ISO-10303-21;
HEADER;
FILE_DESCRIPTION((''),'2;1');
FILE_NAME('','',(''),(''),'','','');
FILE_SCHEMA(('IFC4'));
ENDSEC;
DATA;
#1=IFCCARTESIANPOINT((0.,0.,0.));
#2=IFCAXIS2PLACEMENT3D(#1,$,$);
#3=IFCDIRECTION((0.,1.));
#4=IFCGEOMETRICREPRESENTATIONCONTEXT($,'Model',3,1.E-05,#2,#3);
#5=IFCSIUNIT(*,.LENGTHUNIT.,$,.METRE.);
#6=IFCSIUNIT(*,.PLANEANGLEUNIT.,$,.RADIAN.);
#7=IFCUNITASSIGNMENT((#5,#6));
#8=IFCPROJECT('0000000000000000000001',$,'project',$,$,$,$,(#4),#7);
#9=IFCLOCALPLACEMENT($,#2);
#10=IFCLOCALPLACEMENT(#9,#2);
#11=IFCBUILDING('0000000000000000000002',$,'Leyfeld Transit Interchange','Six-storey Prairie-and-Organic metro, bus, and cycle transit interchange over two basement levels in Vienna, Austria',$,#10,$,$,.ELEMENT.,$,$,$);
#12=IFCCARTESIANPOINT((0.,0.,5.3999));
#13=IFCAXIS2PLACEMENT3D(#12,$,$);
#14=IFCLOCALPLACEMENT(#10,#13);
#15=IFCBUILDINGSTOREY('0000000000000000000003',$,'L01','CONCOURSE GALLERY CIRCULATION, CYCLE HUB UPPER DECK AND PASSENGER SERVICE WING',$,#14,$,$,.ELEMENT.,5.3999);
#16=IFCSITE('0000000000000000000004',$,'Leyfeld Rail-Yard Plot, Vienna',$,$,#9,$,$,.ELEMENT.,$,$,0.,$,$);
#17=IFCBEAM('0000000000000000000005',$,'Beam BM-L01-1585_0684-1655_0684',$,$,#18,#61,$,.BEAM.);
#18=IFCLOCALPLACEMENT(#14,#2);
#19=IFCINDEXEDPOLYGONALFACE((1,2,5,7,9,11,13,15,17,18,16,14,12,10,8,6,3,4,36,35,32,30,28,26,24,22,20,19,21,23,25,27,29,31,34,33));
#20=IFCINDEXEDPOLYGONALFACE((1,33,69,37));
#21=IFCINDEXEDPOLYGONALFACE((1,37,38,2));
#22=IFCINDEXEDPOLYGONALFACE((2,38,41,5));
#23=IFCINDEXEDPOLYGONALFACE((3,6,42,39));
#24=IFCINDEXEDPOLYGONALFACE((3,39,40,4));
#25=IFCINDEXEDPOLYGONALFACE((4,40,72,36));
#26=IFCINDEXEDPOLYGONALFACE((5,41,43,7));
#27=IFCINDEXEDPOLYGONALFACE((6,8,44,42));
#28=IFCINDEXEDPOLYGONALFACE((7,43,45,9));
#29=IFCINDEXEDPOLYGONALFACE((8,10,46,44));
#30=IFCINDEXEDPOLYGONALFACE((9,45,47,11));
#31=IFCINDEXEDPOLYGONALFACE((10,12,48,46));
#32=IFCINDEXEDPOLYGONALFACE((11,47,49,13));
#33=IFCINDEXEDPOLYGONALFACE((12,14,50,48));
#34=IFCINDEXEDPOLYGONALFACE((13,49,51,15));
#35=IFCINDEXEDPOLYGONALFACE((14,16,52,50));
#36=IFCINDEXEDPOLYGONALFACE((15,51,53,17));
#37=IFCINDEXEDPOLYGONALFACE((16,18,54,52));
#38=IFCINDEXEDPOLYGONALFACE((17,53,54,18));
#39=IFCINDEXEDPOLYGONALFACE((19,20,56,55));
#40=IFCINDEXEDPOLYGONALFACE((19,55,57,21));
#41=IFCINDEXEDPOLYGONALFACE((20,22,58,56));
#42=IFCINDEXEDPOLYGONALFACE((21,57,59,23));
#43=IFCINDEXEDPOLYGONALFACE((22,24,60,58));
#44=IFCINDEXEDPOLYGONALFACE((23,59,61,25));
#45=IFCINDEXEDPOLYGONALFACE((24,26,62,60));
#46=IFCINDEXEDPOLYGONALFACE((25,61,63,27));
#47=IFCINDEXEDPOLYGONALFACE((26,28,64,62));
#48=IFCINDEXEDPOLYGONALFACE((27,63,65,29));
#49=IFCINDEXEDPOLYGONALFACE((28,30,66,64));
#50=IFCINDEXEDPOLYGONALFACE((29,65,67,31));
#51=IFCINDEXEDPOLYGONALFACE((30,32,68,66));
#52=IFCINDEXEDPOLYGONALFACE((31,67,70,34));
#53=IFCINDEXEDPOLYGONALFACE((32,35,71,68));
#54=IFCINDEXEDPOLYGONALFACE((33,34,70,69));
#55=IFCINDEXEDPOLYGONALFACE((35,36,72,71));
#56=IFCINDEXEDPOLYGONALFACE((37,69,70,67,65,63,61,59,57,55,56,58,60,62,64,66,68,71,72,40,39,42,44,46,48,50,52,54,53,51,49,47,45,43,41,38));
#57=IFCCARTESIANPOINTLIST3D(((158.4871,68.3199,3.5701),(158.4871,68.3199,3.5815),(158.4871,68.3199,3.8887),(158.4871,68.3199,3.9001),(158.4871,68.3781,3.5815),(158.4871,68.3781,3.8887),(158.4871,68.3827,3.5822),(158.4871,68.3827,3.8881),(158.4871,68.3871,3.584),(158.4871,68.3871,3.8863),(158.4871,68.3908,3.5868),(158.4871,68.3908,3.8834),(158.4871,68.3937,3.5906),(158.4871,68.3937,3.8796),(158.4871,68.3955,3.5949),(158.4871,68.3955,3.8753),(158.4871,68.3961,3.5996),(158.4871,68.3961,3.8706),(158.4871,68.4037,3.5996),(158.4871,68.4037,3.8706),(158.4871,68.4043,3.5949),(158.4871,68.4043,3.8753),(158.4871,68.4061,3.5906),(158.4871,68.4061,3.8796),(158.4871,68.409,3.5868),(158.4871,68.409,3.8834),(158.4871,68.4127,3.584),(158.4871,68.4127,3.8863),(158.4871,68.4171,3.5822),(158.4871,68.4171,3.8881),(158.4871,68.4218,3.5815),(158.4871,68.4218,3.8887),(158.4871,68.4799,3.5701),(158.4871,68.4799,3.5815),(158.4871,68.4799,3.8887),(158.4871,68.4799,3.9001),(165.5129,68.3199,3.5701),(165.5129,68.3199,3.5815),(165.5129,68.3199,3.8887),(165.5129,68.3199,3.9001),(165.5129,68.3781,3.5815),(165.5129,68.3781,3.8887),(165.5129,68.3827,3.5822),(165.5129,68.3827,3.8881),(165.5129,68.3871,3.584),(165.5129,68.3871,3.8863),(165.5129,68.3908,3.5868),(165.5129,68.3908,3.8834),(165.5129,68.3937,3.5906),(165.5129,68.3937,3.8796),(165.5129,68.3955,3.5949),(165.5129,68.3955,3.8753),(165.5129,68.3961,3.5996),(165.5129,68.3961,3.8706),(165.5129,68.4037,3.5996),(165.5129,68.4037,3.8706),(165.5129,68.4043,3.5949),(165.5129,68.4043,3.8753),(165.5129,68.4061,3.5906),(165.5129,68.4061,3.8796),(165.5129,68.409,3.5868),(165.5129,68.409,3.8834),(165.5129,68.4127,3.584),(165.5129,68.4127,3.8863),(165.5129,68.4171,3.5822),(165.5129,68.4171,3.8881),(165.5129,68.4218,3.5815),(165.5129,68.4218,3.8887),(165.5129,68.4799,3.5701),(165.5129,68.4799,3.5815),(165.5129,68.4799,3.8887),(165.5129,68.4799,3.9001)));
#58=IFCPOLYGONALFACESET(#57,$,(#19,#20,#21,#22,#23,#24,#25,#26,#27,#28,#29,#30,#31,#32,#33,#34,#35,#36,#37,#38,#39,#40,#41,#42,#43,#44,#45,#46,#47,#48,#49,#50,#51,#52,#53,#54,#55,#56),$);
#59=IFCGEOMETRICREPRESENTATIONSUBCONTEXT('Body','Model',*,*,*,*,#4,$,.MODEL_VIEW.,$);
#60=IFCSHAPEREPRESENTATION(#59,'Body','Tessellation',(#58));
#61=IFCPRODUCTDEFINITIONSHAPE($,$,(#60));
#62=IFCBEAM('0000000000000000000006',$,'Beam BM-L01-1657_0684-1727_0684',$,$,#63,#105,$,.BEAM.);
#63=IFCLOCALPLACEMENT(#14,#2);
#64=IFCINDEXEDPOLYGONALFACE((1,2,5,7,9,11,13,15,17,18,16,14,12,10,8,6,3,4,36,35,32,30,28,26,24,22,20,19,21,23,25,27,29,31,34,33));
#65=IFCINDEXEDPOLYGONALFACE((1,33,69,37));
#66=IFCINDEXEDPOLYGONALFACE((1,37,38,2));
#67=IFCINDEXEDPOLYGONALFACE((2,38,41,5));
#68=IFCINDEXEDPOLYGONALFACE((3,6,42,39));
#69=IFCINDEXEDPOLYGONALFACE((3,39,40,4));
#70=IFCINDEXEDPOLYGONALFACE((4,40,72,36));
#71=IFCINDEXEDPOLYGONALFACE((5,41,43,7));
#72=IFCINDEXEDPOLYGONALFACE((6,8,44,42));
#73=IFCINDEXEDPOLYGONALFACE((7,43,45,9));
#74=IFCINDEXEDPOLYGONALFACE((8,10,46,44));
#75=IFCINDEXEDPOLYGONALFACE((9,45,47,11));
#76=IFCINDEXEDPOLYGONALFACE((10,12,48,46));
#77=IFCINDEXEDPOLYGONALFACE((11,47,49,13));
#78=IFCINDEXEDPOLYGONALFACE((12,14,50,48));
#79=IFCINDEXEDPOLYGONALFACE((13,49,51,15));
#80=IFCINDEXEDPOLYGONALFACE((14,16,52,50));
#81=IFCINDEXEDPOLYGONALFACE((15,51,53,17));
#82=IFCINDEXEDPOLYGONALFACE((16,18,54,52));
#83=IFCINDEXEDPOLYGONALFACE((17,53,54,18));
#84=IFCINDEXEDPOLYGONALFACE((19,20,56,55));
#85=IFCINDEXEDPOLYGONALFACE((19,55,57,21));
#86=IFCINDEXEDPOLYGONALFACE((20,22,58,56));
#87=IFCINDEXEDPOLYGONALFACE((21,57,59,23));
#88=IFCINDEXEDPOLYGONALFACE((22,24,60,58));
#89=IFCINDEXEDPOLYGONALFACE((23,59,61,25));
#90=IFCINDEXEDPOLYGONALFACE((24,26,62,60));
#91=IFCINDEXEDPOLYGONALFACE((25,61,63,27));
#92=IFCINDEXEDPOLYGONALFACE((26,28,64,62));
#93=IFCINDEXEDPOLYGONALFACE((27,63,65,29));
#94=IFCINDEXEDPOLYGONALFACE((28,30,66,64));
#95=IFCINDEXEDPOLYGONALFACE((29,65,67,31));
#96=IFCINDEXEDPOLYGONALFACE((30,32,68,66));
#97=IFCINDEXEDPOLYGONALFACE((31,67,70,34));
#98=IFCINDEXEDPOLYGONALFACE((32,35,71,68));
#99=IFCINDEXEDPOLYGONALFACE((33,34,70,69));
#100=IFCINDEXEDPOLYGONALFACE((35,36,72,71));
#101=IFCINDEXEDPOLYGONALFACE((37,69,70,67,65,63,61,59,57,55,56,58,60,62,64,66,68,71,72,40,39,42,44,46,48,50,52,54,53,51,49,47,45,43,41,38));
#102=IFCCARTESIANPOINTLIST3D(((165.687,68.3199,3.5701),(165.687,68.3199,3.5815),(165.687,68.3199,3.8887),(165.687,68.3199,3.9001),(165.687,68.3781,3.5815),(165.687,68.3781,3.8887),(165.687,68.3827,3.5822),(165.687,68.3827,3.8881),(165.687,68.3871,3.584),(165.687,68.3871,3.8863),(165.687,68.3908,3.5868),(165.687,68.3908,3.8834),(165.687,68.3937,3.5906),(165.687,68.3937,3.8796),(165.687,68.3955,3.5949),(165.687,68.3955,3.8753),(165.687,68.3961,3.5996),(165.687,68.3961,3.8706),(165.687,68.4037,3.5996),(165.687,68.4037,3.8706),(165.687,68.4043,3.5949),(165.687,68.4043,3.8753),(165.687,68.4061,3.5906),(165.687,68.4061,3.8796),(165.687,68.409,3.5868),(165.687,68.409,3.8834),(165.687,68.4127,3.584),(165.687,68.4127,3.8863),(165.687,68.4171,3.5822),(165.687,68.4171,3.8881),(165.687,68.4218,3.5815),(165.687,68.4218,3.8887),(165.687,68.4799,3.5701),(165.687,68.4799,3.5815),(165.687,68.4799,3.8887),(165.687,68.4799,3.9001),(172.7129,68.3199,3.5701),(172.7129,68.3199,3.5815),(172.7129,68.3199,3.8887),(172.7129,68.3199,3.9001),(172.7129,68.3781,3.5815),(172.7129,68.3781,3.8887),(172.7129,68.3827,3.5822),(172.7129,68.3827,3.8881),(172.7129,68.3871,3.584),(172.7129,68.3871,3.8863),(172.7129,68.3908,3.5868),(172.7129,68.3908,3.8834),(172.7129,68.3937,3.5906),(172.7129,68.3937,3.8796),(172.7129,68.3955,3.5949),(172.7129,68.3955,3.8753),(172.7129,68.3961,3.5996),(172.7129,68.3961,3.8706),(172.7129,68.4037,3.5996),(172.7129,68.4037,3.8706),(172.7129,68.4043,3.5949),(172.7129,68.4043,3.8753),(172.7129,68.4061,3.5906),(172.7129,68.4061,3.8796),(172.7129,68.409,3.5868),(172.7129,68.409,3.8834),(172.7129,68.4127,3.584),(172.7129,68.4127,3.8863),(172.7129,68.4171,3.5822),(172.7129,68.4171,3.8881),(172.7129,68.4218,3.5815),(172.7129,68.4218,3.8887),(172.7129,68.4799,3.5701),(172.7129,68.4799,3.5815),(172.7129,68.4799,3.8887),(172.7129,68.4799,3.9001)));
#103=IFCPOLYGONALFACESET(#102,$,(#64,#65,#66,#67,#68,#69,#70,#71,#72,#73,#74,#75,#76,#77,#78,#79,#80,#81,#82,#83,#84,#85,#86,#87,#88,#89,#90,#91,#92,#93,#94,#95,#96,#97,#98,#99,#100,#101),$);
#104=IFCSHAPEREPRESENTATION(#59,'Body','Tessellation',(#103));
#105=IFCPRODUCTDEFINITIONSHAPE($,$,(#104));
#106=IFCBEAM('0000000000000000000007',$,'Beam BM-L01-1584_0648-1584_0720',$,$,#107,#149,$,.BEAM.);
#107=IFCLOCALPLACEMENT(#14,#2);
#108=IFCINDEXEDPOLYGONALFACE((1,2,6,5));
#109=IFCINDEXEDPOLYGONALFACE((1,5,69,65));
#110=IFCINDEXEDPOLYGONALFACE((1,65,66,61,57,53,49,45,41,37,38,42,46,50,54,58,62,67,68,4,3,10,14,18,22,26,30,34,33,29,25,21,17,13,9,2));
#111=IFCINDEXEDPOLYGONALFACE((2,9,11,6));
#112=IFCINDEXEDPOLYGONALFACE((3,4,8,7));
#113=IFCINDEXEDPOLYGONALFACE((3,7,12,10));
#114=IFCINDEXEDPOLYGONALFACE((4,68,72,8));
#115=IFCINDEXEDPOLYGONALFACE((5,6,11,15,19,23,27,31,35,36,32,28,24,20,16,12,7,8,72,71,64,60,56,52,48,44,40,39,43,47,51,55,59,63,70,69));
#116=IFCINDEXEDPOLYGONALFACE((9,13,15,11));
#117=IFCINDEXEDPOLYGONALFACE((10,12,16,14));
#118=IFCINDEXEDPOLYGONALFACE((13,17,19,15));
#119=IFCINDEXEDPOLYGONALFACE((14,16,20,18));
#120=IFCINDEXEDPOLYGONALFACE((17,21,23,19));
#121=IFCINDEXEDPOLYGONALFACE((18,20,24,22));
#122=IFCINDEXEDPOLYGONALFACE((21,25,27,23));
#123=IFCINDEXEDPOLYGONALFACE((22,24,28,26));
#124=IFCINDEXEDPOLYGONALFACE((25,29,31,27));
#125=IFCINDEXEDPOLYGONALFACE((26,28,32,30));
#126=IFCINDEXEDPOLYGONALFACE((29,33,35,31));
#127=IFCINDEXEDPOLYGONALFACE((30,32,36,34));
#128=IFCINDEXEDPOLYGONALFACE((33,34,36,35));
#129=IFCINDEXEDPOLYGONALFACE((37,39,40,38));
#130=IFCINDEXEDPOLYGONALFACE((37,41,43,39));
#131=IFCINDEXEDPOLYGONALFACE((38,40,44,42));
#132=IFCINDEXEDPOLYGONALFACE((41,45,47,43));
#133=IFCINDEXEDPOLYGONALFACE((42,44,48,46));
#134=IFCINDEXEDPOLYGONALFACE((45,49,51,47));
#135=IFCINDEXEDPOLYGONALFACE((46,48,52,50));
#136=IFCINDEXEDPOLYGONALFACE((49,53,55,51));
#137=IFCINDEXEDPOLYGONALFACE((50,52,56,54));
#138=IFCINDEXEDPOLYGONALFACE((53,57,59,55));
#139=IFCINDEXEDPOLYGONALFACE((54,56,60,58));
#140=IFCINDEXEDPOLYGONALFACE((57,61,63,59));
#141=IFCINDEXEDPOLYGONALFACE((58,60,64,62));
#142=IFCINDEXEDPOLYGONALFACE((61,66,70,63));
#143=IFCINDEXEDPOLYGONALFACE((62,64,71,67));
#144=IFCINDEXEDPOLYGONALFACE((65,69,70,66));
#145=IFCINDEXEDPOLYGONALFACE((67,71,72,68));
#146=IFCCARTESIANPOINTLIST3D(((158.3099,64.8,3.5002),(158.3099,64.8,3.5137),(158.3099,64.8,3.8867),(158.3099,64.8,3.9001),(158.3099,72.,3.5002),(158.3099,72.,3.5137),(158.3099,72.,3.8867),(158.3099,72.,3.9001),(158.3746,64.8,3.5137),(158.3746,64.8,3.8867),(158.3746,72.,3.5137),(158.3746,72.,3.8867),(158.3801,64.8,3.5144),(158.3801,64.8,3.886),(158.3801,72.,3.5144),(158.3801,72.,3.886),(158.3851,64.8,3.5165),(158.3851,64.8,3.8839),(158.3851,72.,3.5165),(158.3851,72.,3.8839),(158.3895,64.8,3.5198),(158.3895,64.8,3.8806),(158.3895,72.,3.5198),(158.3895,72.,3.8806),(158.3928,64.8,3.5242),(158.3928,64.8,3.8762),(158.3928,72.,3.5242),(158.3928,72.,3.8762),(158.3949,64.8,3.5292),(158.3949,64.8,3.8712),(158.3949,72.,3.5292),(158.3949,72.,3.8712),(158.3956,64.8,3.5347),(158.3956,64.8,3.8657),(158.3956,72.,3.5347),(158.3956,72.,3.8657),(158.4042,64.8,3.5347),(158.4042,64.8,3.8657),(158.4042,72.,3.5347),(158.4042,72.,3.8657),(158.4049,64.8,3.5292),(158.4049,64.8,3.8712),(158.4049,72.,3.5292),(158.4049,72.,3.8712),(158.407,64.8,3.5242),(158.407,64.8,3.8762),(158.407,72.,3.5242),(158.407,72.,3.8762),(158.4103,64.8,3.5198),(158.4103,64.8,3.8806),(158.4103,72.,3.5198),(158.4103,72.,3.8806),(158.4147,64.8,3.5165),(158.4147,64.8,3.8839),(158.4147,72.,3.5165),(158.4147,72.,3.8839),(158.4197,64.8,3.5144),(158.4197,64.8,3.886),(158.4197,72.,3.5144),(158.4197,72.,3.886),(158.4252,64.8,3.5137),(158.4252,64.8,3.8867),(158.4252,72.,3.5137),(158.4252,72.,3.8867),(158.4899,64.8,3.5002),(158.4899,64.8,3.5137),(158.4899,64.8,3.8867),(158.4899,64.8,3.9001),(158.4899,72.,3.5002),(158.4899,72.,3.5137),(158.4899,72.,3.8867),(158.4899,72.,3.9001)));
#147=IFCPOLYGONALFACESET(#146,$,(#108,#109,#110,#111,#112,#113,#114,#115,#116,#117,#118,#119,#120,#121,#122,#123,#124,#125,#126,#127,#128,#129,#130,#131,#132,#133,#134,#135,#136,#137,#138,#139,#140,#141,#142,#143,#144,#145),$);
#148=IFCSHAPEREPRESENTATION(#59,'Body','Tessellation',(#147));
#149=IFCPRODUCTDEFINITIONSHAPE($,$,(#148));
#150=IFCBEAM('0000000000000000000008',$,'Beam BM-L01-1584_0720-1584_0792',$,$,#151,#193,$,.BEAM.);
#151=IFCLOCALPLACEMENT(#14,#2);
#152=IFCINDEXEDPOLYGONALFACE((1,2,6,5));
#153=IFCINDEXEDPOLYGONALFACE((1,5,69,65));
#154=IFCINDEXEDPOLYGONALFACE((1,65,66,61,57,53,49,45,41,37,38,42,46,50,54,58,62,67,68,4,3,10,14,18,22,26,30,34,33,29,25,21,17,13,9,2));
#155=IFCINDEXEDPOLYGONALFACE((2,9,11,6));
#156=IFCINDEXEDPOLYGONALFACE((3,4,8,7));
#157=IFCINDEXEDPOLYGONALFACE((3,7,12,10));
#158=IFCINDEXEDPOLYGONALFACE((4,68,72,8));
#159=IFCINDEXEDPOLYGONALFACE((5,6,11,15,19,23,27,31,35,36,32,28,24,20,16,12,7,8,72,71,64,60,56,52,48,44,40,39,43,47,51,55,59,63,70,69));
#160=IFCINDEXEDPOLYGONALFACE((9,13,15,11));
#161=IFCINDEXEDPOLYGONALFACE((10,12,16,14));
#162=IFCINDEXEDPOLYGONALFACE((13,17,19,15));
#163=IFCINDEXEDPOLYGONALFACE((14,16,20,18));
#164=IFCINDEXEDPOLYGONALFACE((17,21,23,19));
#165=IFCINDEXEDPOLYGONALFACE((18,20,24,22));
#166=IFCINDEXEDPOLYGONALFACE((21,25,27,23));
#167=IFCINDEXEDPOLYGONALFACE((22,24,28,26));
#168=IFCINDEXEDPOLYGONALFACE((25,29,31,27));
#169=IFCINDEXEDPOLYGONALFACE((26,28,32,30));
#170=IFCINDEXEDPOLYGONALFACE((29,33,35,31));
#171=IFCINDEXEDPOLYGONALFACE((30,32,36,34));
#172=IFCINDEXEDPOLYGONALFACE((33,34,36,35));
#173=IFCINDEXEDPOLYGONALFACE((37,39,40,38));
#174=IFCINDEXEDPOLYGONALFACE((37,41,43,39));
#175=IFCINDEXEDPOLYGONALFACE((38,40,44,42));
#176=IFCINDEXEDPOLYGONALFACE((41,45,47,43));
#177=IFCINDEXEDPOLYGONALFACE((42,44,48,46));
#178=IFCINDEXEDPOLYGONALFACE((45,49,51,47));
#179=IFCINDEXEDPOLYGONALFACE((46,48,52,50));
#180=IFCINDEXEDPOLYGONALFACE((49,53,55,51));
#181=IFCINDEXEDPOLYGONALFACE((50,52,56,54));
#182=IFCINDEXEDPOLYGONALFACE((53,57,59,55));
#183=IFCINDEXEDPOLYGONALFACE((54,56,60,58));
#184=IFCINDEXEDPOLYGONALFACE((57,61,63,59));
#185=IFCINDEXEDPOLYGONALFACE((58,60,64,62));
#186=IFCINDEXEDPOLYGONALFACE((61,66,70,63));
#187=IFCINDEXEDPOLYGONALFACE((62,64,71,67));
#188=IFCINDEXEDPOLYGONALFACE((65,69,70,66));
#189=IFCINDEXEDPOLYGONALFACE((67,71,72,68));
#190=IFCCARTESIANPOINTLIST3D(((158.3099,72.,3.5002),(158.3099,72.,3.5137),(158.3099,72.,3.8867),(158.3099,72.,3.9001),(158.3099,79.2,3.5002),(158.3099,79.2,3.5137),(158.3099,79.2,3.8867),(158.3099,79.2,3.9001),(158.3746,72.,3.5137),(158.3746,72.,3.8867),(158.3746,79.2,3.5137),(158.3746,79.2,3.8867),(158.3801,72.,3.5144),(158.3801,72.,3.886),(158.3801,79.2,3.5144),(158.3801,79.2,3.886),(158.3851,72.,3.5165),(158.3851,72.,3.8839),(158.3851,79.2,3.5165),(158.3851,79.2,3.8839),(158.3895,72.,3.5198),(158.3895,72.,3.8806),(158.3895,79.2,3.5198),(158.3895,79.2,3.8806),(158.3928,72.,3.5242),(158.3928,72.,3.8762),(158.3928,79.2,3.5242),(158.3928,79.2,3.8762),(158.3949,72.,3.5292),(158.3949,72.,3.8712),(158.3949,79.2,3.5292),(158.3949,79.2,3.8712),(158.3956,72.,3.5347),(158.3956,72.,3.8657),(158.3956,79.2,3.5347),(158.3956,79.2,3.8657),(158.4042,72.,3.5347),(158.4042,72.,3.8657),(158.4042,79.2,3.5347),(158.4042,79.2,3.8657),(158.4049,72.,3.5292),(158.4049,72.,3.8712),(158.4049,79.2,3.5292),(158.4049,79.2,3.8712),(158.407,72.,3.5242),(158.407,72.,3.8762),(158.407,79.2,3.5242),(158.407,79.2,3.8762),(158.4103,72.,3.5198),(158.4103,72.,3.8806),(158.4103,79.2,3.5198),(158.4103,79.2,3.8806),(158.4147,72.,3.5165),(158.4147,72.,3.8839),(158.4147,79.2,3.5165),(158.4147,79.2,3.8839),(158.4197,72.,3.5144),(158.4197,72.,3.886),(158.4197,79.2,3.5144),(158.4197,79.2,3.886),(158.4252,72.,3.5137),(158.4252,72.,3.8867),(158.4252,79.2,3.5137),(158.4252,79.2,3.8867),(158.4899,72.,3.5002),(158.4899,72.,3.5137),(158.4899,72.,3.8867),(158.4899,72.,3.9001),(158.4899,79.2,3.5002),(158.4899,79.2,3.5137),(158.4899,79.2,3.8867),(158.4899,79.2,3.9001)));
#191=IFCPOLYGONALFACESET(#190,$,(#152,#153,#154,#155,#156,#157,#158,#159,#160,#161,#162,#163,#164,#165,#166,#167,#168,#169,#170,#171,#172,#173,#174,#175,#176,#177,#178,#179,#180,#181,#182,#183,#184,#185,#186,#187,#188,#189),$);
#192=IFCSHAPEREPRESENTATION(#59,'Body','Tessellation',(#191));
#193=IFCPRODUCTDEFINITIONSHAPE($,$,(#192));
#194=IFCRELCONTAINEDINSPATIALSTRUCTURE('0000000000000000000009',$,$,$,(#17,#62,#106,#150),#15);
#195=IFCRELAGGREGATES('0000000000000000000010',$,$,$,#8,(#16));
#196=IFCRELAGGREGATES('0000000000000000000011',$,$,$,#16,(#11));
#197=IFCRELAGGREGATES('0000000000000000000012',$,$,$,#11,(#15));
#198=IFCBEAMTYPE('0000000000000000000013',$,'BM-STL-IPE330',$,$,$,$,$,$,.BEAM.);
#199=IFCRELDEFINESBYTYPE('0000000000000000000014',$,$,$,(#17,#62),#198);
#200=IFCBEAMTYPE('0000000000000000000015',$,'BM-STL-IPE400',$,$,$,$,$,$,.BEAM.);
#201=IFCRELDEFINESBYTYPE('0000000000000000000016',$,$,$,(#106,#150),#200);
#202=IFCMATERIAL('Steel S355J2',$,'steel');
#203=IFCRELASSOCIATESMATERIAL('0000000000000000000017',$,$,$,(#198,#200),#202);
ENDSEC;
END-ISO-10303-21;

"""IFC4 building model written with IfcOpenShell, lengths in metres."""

from ifc_helpers import new_model, si_unit, direction, frame, origin, origin_2d, place, context, subcontext, project, spatial, i_section, extrude, material, material_profile, profile_set, type_object, element, save


model = new_model("IFC4")

# Units and contexts
model_context = context("Model", 3, precision=1e-05, world=origin(), true_north=direction((0.0, 1.0)))
body_context = subcontext(model_context, "Body", "Model", "MODEL_VIEW")
ifc_project = project(units=[si_unit("LENGTHUNIT", "METRE"), si_unit("PLANEANGLEUNIT", "RADIAN")], contexts=[model_context])

# Site, building, storey
site_placement = place(None, origin())
site = spatial("IfcSite", under=ifc_project, at=site_placement, Name="Leyfeld Rail-Yard Plot, Vienna", CompositionType="ELEMENT", RefElevation=0.0)
building_placement = place(site_placement, origin())
building = spatial("IfcBuilding", under=site, at=building_placement, Name="Leyfeld Transit Interchange", Description="Six-storey Prairie-and-Organic metro, bus, and cycle transit interchange over two basement levels in Vienna, Austria", CompositionType="ELEMENT")
storey_placement = place(building_placement, frame((0.0, 0.0, 5.3999)))
storey = spatial("IfcBuildingStorey", under=building, at=storey_placement, Name="L01", Description="CONCOURSE GALLERY CIRCULATION, CYCLE HUB UPPER DECK AND PASSENGER SERVICE WING", CompositionType="ELEMENT", Elevation=5.3999)

# Beams
ifc_material_1 = material(Name="Steel S355J2", Category="steel")
ifc_material_profile_1 = material_profile(ifc_material_1, i_section(OverallWidth=0.1599, OverallDepth=0.3301, WebThickness=0.0076, FlangeThickness=0.0115, FilletRadius=0.0181, at=origin_2d()), Name="IPE 330")
ifc_profile_set_1 = profile_set([ifc_material_profile_1], Name="Steel S355J2")
beam_type_1 = type_object("IfcBeamType", Name="BM-STL-IPE330", PredefinedType="BEAM", material=ifc_profile_set_1)
for number, where, z_axis, x_axis, name in (
    (1, (158.4871, 68.3999, 3.7351), (1.0, 0.0, 0.0), (0.0, 1.0, 0.0), "Beam BM-L01-1585_0684-1655_0684"),
    (2, (165.687, 68.3999, 3.7351), (1.0, 0.0, 0.0), (0.0, 1.0, 0.0), "Beam BM-L01-1657_0684-1727_0684"),
):
    element("IfcBeam", number, at=place(storey_placement, frame(where, z_axis=z_axis, x_axis=x_axis)), inside=storey, type_object=beam_type_1, Name=name, PredefinedType="BEAM", context=body_context, shape_type="SweptSolid", body=[
        extrude(i_section(OverallWidth=0.1599, OverallDepth=0.3301, WebThickness=0.0076, FlangeThickness=0.0115, FilletRadius=0.0181, at=origin_2d()), origin(), (0.0, 0.0, 1.0), 7.0259),
    ])
ifc_material_profile_2 = material_profile(ifc_material_1, i_section(OverallWidth=0.1799, OverallDepth=0.3999, WebThickness=0.0085, FlangeThickness=0.0134, FilletRadius=0.021, at=origin_2d()), Name="IPE 400")
ifc_profile_set_2 = profile_set([ifc_material_profile_2], Name="Steel S355J2")
beam_type_2 = type_object("IfcBeamType", Name="BM-STL-IPE400", PredefinedType="BEAM", material=ifc_profile_set_2)
for number, where, z_axis, x_axis, name in (
    (3, (158.3999, 64.8, 3.7002), (0.0, 1.0, 0.0), (-1.0, 0.0, 0.0), "Beam BM-L01-1584_0648-1584_0720"),
    (4, (158.3999, 72.0, 3.7002), (0.0, 1.0, 0.0), (-1.0, 0.0, 0.0), "Beam BM-L01-1584_0720-1584_0792"),
):
    element("IfcBeam", number, at=place(storey_placement, frame(where, z_axis=z_axis, x_axis=x_axis)), inside=storey, type_object=beam_type_2, Name=name, PredefinedType="BEAM", context=body_context, shape_type="SweptSolid", body=[
        extrude(i_section(OverallWidth=0.1799, OverallDepth=0.3999, WebThickness=0.0085, FlangeThickness=0.0134, FilletRadius=0.021, at=origin_2d()), origin(), (0.0, 0.0, 1.0), 7.2),
    ])

save(model, "model.ifc")
